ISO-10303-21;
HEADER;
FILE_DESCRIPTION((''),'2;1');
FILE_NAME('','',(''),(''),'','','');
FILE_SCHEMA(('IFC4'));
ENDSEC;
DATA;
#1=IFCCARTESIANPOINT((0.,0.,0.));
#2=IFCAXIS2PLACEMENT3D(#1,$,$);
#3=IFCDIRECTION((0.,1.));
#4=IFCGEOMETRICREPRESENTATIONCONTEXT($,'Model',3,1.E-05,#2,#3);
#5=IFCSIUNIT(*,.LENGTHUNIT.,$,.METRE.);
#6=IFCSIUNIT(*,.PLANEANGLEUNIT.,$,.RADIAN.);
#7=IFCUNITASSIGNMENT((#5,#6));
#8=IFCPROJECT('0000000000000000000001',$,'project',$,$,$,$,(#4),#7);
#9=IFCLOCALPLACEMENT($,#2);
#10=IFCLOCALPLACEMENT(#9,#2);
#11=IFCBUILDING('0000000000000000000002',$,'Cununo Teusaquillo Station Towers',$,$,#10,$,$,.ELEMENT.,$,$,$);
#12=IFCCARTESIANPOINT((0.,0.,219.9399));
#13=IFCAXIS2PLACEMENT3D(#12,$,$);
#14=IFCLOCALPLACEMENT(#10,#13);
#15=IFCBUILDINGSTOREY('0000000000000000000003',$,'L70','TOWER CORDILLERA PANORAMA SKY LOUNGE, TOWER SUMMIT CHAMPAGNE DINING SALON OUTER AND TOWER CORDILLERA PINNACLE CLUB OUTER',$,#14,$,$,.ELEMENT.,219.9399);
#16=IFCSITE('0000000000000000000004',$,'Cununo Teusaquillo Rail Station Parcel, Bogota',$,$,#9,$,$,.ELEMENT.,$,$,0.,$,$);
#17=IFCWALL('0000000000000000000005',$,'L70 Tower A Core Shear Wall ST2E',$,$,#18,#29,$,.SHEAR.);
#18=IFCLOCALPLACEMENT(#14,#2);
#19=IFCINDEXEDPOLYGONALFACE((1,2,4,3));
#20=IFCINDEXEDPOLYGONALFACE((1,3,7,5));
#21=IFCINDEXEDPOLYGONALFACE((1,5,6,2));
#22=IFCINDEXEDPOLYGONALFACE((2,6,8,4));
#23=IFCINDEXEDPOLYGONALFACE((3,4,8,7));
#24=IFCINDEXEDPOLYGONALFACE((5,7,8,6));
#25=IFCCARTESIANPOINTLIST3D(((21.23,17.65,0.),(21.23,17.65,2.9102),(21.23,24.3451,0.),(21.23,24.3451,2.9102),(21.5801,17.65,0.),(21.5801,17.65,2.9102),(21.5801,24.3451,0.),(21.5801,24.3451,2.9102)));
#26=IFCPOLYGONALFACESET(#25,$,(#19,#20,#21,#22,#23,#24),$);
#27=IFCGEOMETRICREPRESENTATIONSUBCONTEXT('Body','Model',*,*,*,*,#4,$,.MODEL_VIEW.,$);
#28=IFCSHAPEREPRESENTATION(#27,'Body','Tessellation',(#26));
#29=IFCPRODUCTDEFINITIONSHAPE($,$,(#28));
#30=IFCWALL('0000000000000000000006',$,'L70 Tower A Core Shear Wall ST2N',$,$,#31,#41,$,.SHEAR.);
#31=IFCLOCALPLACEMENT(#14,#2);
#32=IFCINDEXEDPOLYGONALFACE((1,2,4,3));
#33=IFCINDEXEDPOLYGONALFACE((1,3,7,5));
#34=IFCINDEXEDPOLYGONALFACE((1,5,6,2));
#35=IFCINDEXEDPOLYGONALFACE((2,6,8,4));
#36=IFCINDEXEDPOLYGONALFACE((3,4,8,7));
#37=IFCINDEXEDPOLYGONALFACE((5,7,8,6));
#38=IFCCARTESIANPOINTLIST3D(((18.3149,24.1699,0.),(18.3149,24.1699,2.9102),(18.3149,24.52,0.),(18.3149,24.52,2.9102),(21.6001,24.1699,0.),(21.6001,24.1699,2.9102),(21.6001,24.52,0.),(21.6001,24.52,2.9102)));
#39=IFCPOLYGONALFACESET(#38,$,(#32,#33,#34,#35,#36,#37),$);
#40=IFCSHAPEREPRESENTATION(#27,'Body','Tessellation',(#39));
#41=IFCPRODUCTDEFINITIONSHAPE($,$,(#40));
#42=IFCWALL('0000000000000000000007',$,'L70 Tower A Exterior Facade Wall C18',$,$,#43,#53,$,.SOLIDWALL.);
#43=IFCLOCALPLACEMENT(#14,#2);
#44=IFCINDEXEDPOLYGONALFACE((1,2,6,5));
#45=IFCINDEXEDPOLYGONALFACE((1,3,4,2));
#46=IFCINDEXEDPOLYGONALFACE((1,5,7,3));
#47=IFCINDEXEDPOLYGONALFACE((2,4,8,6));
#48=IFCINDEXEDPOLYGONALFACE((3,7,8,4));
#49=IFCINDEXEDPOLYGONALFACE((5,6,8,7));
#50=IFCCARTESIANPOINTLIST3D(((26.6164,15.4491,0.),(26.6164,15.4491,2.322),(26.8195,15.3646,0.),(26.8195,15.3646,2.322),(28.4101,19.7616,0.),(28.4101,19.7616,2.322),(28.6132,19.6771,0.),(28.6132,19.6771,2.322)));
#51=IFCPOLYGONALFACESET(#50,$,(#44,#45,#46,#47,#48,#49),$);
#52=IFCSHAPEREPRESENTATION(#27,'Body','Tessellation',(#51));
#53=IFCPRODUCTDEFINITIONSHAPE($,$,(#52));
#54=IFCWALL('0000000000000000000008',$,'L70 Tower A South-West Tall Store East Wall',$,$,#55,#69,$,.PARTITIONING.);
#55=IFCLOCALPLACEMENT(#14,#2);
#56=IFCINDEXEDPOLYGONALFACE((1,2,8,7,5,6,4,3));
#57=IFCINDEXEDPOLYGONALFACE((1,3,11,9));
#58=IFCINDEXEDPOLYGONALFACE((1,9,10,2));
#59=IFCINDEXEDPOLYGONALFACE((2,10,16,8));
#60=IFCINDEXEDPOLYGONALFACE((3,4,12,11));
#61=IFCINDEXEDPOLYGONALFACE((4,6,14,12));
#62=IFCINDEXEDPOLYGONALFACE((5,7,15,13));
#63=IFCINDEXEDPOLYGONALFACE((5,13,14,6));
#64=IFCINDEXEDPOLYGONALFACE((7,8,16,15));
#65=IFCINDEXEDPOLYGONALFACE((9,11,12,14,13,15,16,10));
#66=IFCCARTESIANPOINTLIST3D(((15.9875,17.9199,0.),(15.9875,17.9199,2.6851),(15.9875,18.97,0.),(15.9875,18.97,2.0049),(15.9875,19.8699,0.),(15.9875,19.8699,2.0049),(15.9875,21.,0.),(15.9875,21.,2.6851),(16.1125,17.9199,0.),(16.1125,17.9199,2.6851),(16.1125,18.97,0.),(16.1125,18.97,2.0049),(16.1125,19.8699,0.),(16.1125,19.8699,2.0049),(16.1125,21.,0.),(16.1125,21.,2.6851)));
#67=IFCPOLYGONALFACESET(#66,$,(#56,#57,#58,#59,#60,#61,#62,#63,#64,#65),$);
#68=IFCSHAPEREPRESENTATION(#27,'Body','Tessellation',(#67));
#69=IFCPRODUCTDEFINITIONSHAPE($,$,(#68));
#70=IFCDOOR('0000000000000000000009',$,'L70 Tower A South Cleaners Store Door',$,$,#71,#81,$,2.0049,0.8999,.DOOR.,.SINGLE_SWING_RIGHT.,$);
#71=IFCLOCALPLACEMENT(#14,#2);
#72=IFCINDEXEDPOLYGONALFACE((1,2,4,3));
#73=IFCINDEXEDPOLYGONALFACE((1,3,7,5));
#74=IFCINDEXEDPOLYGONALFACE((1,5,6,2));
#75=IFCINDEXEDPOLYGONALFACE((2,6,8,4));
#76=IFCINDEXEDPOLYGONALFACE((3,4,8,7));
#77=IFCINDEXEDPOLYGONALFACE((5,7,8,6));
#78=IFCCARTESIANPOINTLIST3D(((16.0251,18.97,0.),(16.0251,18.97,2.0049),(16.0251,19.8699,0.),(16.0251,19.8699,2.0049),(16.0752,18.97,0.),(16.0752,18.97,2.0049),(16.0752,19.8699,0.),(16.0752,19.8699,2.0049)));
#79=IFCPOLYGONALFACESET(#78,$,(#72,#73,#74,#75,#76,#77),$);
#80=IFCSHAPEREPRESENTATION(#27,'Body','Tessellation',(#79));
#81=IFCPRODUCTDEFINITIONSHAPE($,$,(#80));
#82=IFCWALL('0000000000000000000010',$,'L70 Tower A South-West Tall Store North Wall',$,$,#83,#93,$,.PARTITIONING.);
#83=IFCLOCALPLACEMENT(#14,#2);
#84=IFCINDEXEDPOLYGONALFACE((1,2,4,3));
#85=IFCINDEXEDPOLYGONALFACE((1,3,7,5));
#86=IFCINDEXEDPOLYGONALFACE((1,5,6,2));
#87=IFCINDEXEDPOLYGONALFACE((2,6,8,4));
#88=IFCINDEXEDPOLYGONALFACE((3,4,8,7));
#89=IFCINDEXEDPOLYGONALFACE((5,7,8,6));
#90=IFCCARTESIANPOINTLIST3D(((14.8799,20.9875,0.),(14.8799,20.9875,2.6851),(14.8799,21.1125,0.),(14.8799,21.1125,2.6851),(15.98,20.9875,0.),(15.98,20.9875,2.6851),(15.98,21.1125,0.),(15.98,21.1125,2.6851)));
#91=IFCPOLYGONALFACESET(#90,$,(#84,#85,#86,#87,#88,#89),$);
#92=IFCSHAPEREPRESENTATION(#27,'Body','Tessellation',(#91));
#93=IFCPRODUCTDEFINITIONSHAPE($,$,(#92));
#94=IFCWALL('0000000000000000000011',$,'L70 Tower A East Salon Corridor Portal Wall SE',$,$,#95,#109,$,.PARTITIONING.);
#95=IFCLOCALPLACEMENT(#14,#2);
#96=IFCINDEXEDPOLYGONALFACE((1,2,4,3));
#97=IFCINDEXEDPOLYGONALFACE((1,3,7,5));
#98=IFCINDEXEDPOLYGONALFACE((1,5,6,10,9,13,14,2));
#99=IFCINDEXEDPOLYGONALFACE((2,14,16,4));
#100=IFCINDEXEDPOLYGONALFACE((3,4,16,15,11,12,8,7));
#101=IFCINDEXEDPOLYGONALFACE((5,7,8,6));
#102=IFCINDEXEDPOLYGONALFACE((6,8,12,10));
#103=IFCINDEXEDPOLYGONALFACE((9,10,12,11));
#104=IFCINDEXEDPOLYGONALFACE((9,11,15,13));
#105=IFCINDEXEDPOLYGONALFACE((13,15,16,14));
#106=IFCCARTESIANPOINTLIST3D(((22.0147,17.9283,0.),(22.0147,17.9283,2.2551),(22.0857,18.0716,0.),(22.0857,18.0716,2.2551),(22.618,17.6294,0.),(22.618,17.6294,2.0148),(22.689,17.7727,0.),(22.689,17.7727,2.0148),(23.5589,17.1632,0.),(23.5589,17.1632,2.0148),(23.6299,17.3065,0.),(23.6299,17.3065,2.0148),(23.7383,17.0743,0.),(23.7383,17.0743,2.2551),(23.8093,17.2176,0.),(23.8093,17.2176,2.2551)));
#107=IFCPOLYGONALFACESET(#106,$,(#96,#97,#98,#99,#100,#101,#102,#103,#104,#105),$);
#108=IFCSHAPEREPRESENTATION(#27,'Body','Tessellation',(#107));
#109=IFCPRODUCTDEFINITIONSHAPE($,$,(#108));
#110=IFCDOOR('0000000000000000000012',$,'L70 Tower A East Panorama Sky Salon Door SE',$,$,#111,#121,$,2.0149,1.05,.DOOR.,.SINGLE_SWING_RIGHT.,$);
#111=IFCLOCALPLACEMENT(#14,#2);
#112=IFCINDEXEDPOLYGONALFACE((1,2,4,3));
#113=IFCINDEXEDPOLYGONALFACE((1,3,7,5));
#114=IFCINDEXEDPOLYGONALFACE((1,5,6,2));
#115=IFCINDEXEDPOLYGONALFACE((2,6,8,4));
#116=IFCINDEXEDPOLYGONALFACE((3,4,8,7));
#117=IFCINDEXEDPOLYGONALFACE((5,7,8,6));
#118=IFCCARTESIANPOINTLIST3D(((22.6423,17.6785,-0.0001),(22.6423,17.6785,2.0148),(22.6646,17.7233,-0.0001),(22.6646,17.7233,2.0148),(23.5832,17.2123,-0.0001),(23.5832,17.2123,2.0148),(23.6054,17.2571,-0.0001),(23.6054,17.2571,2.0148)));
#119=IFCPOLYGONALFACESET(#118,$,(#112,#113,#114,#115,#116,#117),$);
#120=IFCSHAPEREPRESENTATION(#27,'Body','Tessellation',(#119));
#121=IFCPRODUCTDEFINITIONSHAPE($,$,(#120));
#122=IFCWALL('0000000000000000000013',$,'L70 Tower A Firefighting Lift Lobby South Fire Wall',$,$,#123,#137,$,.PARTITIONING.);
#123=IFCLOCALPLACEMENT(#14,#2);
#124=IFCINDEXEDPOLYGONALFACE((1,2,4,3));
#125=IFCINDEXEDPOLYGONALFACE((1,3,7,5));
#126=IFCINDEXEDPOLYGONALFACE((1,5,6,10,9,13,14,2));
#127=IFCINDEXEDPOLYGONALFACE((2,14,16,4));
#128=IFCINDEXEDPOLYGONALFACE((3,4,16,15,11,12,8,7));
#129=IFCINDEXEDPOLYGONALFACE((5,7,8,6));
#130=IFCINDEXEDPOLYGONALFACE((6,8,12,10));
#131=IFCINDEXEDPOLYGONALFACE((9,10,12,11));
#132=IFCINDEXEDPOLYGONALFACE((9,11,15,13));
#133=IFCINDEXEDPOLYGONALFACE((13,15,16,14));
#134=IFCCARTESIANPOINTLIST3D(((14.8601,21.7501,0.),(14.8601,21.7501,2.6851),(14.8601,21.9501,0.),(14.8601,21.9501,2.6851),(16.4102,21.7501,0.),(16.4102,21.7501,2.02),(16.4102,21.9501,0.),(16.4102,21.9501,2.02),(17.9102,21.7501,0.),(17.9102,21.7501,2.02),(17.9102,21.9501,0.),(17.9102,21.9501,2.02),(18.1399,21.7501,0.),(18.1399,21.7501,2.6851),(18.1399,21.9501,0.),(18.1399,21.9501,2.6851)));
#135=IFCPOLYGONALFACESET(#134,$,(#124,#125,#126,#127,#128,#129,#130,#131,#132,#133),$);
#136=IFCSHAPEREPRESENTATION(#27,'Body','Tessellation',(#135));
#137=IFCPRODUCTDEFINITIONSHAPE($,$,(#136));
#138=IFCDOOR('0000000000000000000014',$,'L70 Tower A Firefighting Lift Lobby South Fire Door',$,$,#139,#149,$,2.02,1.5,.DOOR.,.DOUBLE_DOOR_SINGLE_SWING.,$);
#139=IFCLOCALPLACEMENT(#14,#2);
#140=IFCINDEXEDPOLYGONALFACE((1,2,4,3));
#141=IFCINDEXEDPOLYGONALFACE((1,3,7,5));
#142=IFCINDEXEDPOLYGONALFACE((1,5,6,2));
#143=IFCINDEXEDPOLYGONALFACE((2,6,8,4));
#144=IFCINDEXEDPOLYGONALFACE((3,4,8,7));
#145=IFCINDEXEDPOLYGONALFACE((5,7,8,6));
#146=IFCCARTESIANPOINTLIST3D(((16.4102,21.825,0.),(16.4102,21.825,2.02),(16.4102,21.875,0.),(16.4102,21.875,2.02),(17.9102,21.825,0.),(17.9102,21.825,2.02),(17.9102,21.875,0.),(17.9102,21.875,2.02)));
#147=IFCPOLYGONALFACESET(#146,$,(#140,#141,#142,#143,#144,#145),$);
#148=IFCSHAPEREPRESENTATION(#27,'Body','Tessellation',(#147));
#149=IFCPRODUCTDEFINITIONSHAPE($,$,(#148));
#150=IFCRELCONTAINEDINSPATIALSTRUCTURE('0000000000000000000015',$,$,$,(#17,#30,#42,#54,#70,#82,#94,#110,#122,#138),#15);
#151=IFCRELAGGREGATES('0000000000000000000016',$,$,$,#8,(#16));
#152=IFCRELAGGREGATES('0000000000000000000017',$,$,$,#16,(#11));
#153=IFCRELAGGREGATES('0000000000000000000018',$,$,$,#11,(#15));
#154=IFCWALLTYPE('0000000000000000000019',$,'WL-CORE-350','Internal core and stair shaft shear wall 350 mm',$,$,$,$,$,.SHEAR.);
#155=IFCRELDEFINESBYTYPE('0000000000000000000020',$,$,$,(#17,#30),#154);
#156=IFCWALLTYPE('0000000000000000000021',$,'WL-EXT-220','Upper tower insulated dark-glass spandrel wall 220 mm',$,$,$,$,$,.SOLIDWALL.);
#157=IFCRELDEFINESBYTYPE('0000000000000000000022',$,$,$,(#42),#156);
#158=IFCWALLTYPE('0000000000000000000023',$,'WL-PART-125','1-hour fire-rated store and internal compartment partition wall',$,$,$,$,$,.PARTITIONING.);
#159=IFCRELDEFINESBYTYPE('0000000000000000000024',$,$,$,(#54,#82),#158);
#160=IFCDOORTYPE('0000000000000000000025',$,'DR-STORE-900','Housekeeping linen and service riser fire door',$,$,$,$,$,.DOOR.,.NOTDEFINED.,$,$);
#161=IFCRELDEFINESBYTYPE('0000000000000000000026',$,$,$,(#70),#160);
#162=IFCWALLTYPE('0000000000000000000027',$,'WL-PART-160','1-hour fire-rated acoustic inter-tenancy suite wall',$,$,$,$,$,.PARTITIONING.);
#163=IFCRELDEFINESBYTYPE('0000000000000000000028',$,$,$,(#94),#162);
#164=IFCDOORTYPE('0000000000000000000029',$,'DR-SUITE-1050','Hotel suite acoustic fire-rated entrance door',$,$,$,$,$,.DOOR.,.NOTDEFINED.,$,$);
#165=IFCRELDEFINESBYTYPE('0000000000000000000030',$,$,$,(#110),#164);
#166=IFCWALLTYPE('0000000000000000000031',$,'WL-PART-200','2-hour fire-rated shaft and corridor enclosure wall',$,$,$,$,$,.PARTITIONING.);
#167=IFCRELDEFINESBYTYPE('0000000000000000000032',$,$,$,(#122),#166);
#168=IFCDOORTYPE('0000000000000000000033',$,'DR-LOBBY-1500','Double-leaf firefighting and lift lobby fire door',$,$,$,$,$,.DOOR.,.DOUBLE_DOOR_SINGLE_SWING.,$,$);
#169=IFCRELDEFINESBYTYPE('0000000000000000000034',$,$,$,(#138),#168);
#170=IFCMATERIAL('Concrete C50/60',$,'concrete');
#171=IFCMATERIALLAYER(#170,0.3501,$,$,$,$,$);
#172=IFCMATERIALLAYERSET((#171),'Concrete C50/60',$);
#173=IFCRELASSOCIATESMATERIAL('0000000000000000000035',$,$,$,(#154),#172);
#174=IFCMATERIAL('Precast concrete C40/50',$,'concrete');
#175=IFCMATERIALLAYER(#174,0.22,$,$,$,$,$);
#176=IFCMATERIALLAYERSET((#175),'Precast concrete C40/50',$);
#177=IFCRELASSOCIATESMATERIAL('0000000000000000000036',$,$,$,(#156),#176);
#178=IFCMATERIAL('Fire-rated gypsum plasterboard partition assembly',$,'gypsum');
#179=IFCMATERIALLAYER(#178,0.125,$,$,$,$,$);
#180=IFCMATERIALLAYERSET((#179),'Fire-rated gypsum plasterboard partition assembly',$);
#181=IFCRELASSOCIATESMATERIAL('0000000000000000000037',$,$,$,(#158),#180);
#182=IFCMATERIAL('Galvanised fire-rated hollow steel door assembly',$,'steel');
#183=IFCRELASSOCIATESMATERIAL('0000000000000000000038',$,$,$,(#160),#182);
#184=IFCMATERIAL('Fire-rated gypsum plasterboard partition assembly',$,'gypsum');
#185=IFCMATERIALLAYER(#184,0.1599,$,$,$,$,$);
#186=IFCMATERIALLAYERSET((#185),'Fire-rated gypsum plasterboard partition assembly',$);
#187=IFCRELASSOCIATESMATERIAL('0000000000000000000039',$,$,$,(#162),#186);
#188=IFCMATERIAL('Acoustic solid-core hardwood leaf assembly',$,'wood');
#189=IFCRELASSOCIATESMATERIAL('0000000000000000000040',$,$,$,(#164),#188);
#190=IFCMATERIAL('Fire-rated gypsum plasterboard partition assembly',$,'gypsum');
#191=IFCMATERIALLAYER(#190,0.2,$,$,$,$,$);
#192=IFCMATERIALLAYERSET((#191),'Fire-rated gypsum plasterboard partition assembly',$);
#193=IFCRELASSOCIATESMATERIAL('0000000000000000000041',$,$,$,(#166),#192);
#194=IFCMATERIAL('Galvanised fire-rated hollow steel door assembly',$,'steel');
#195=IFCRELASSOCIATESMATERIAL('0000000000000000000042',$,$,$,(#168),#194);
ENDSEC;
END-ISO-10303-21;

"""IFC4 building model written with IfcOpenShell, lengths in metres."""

from ifc_helpers import new_model, si_unit, direction, frame, frame_2d, origin, place, context, subcontext, project, spatial, rectangle, extrude, source, transform, mapped, material, layer, layer_set, type_object, element, fill, save


model = new_model("IFC4")

# Units and contexts
model_context = context("Model", 3, precision=1e-05, world=origin(), true_north=direction((0.0, 1.0)))
body_context = subcontext(model_context, "Body", "Model", "MODEL_VIEW")
ifc_project = project(units=[si_unit("LENGTHUNIT", "METRE"), si_unit("PLANEANGLEUNIT", "RADIAN")], contexts=[model_context])

# Site, building, storey
site_placement = place(None, origin())
site = spatial("IfcSite", under=ifc_project, at=site_placement, Name="Cununo Teusaquillo Rail Station Parcel, Bogota", CompositionType="ELEMENT", RefElevation=0.0)
building_placement = place(site_placement, origin())
building = spatial("IfcBuilding", under=site, at=building_placement, Name="Cununo Teusaquillo Station Towers", CompositionType="ELEMENT")
storey_placement = place(building_placement, frame((0.0, 0.0, 219.9399)))
storey = spatial("IfcBuildingStorey", under=building, at=storey_placement, Name="L70", Description="TOWER CORDILLERA PANORAMA SKY LOUNGE, TOWER SUMMIT CHAMPAGNE DINING SALON OUTER AND TOWER CORDILLERA PINNACLE CLUB OUTER", CompositionType="ELEMENT", Elevation=219.9399)

# Shared definitions
ifc_material_1 = material(Name="Concrete C50/60", Category="concrete")
ifc_layer_1 = layer(ifc_material_1, 0.3501)
ifc_layer_set_1 = layer_set([ifc_layer_1], Name="Concrete C50/60")
wall_type_1 = type_object("IfcWallType", Name="WL-CORE-350", Description="Internal core and stair shaft shear wall 350 mm", PredefinedType="SHEAR", material=ifc_layer_set_1)

# Walls
wall_1_placement = place(storey_placement, frame((21.405, 17.6499, 0.0), z_axis=(0.0, 0.0, 1.0), x_axis=(0.0, 1.0, 0.0)))
element("IfcWall", 1, at=wall_1_placement, inside=storey, type_object=wall_type_1, Name="L70 Tower A Core Shear Wall ST2E", PredefinedType="SHEAR", context=body_context, shape_type="SweptSolid", body=[
    extrude(rectangle(XDim=6.6951, YDim=0.3501, at=frame_2d((3.3477, 0.0))), origin(), (0.0, 0.0, 1.0), 2.9102),
])
wall_2_placement = place(storey_placement, frame((18.3149, 24.345, 0.0), z_axis=(0.0, 0.0, 1.0), x_axis=(1.0, 0.0, 0.0)))
element("IfcWall", 2, at=wall_2_placement, inside=storey, type_object=wall_type_1, Name="L70 Tower A Core Shear Wall ST2N", PredefinedType="SHEAR", context=body_context, shape_type="SweptSolid", body=[
    extrude(rectangle(XDim=3.2852, YDim=0.3501, at=frame_2d((1.6426, 0.0))), origin(), (0.0, 0.0, 1.0), 2.9102),
])
ifc_material_2 = material(Name="Precast concrete C40/50", Category="concrete")
ifc_layer_2 = layer(ifc_material_2, 0.22)
ifc_layer_set_2 = layer_set([ifc_layer_2], Name="Precast concrete C40/50")
wall_type_2 = type_object("IfcWallType", Name="WL-EXT-220", Description="Upper tower insulated dark-glass spandrel wall 220 mm", PredefinedType="SOLIDWALL", material=ifc_layer_set_2)
wall_3_placement = place(storey_placement, frame((28.5117, 19.7195, 0.0), z_axis=(0.0, 0.0, 1.0), x_axis=(-0.384036, -0.923318, 0.0)))
element("IfcWall", 3, at=wall_3_placement, inside=storey, type_object=wall_type_2, Name="L70 Tower A Exterior Facade Wall C18", PredefinedType="SOLIDWALL", context=body_context, shape_type="SweptSolid", body=[
    extrude(rectangle(XDim=4.6707, YDim=0.22, at=frame_2d((2.3354, 0.0))), origin(), (0.0, 0.0, 1.0), 2.322),
])

# Wall, opening, door
ifc_material_3 = material(Name="Fire-rated gypsum plasterboard partition assembly", Category="gypsum")
ifc_layer_3 = layer(ifc_material_3, 0.125)
ifc_layer_set_3 = layer_set([ifc_layer_3], Name="Fire-rated gypsum plasterboard partition assembly")
wall_type_3 = type_object("IfcWallType", Name="WL-PART-125", Description="1-hour fire-rated store and internal compartment partition wall", PredefinedType="PARTITIONING", material=ifc_layer_set_3)
wall_4_placement = place(storey_placement, frame((16.05, 17.9199, 0.0), z_axis=(0.0, 0.0, 1.0), x_axis=(0.0, 1.0, 0.0)))
wall_4 = element("IfcWall", 4, at=wall_4_placement, inside=storey, type_object=wall_type_3, Name="L70 Tower A South-West Tall Store East Wall", PredefinedType="PARTITIONING", context=body_context, shape_type="SweptSolid", body=[
    extrude(rectangle(XDim=3.0801, YDim=0.125, at=frame_2d((1.54, 0.0))), origin(), (0.0, 0.0, 1.0), 2.6851),
])
shared_shape_1 = source(origin(), body_context, "Body", "SweptSolid", [
    extrude(rectangle(XDim=0.8999, YDim=2.0049, at=frame_2d((0.45, 1.0024))), frame((0.0, 0.0725, 0.0), z_axis=(0.0, -1.0, 0.0), x_axis=(1.0, 0.0, 0.0)), (0.0, 0.0, 1.0), 0.145),
])
opening_1_placement = place(wall_4_placement, frame((1.05, 0.0, 0.0)))
opening_1 = element("IfcOpeningElement", 5, at=opening_1_placement, cuts=wall_4, PredefinedType="OPENING", context=body_context, shape_type="MappedRepresentation", body=[
    mapped(shared_shape_1, transform((0.0, 0.0, 0.0), x_axis=(1.0, 0.0, 0.0), y_axis=(0.0, 1.0, 0.0), z_axis=(0.0, 0.0, 1.0), scale=1.0)),
])
ifc_material_4 = material(Name="Galvanised fire-rated hollow steel door assembly", Category="steel")
door_type_1 = type_object("IfcDoorType", Name="DR-STORE-900", Description="Housekeeping linen and service riser fire door", OperationType="NOTDEFINED", PredefinedType="DOOR", material=ifc_material_4)
shared_shape_2 = source(origin(), body_context, "Body", "SweptSolid", [
    extrude(rectangle(XDim=0.8999, YDim=2.0049, at=frame_2d((0.45, 1.0024))), frame((0.0, 0.0249, 0.0), z_axis=(0.0, -1.0, 0.0), x_axis=(1.0, 0.0, 0.0)), (0.0, 0.0, 1.0), 0.05),
])
door_1_placement = place(opening_1_placement, origin())
door_1 = element("IfcDoor", 6, at=door_1_placement, inside=storey, type_object=door_type_1, Name="L70 Tower A South Cleaners Store Door", OperationType="SINGLE_SWING_RIGHT", OverallHeight=2.0049, OverallWidth=0.8999, PredefinedType="DOOR", context=body_context, shape_type="MappedRepresentation", body=[
    mapped(shared_shape_2, transform((0.0, 0.0, 0.0), x_axis=(1.0, 0.0, 0.0), y_axis=(0.0, 1.0, 0.0), z_axis=(0.0, 0.0, 1.0), scale=1.0)),
])
fill(opening_1, door_1)

# Wall
wall_5_placement = place(storey_placement, frame((14.8799, 21.05, 0.0), z_axis=(0.0, 0.0, 1.0), x_axis=(1.0, 0.0, 0.0)))
element("IfcWall", 7, at=wall_5_placement, inside=storey, type_object=wall_type_3, Name="L70 Tower A South-West Tall Store North Wall", PredefinedType="PARTITIONING", context=body_context, shape_type="SweptSolid", body=[
    extrude(rectangle(XDim=1.1001, YDim=0.125, at=frame_2d((0.55, 0.0))), origin(), (0.0, 0.0, 1.0), 2.6851),
])

# Walls, openings, doors
ifc_material_5 = material(Name="Fire-rated gypsum plasterboard partition assembly", Category="gypsum")
ifc_layer_4 = layer(ifc_material_5, 0.1599)
ifc_layer_set_4 = layer_set([ifc_layer_4], Name="Fire-rated gypsum plasterboard partition assembly")
wall_type_4 = type_object("IfcWallType", Name="WL-PART-160", Description="1-hour fire-rated acoustic inter-tenancy suite wall", PredefinedType="PARTITIONING", material=ifc_layer_set_4)
wall_6_placement = place(storey_placement, frame((22.05, 18.0, 0.0), z_axis=(0.0, 0.0, 1.0), x_axis=(0.896046, -0.443962, 0.0)))
wall_6 = element("IfcWall", 8, at=wall_6_placement, inside=storey, type_object=wall_type_4, Name="L70 Tower A East Salon Corridor Portal Wall SE", PredefinedType="PARTITIONING", context=body_context, shape_type="SweptSolid", body=[
    extrude(rectangle(XDim=1.9236, YDim=0.1599, at=frame_2d((0.9619, 0.0))), origin(), (0.0, 0.0, 1.0), 2.2551),
])
shared_shape_3 = source(origin(), body_context, "Body", "SweptSolid", [
    extrude(rectangle(XDim=1.05, YDim=2.0149, at=frame_2d((0.5249, 1.0073))), frame((0.0, 0.0898, 0.0), z_axis=(0.0, -1.0, 0.0), x_axis=(1.0, 0.0, 0.0)), (0.0, 0.0, 1.0), 0.1799),
])
opening_2_placement = place(wall_6_placement, frame((0.6736, 0.0, 0.0)))
opening_2 = element("IfcOpeningElement", 9, at=opening_2_placement, cuts=wall_6, PredefinedType="OPENING", context=body_context, shape_type="MappedRepresentation", body=[
    mapped(shared_shape_3, transform((0.0, 0.0, 0.0), x_axis=(1.0, 0.0, 0.0), y_axis=(0.0, 1.0, 0.0), z_axis=(0.0, 0.0, 1.0), scale=1.0)),
])
ifc_material_6 = material(Name="Acoustic solid-core hardwood leaf assembly", Category="wood")
door_type_2 = type_object("IfcDoorType", Name="DR-SUITE-1050", Description="Hotel suite acoustic fire-rated entrance door", OperationType="NOTDEFINED", PredefinedType="DOOR", material=ifc_material_6)
shared_shape_4 = source(origin(), body_context, "Body", "SweptSolid", [
    extrude(rectangle(XDim=1.05, YDim=2.0149, at=frame_2d((0.5249, 1.0073))), frame((0.0, 0.0249, 0.0), z_axis=(0.0, -1.0, 0.0), x_axis=(1.0, 0.0, 0.0)), (0.0, 0.0, 1.0), 0.05),
])
door_2_placement = place(opening_2_placement, origin())
door_2 = element("IfcDoor", 10, at=door_2_placement, inside=storey, type_object=door_type_2, Name="L70 Tower A East Panorama Sky Salon Door SE", OperationType="SINGLE_SWING_RIGHT", OverallHeight=2.0149, OverallWidth=1.05, PredefinedType="DOOR", context=body_context, shape_type="MappedRepresentation", body=[
    mapped(shared_shape_4, transform((0.0, 0.0, 0.0), x_axis=(1.0, 0.0, 0.0), y_axis=(0.0, 1.0, 0.0), z_axis=(0.0, 0.0, 1.0), scale=1.0)),
])
fill(opening_2, door_2)
ifc_material_7 = material(Name="Fire-rated gypsum plasterboard partition assembly", Category="gypsum")
ifc_layer_5 = layer(ifc_material_7, 0.2)
ifc_layer_set_5 = layer_set([ifc_layer_5], Name="Fire-rated gypsum plasterboard partition assembly")
wall_type_5 = type_object("IfcWallType", Name="WL-PART-200", Description="2-hour fire-rated shaft and corridor enclosure wall", PredefinedType="PARTITIONING", material=ifc_layer_set_5)
wall_7_placement = place(storey_placement, frame((14.8601, 21.8501, 0.0), z_axis=(0.0, 0.0, 1.0), x_axis=(1.0, 0.0, 0.0)))
wall_7 = element("IfcWall", 11, at=wall_7_placement, inside=storey, type_object=wall_type_5, Name="L70 Tower A Firefighting Lift Lobby South Fire Wall", PredefinedType="PARTITIONING", context=body_context, shape_type="SweptSolid", body=[
    extrude(rectangle(XDim=3.2798, YDim=0.2, at=frame_2d((1.6399, 0.0))), origin(), (0.0, 0.0, 1.0), 2.6851),
])
shared_shape_5 = source(origin(), body_context, "Body", "SweptSolid", [
    extrude(rectangle(XDim=1.5, YDim=2.02, at=frame_2d((0.75, 1.01))), frame((0.0, 0.1099, 0.0), z_axis=(0.0, -1.0, 0.0), x_axis=(1.0, 0.0, 0.0)), (0.0, 0.0, 1.0), 0.22),
])
opening_3_placement = place(wall_7_placement, frame((1.55, 0.0, 0.0)))
opening_3 = element("IfcOpeningElement", 12, at=opening_3_placement, cuts=wall_7, PredefinedType="OPENING", context=body_context, shape_type="MappedRepresentation", body=[
    mapped(shared_shape_5, transform((0.0, 0.0, 0.0), x_axis=(1.0, 0.0, 0.0), y_axis=(0.0, 1.0, 0.0), z_axis=(0.0, 0.0, 1.0), scale=1.0)),
])
ifc_material_8 = material(Name="Galvanised fire-rated hollow steel door assembly", Category="steel")
door_type_3 = type_object("IfcDoorType", Name="DR-LOBBY-1500", Description="Double-leaf firefighting and lift lobby fire door", OperationType="DOUBLE_DOOR_SINGLE_SWING", PredefinedType="DOOR", material=ifc_material_8)
shared_shape_6 = source(origin(), body_context, "Body", "SweptSolid", [
    extrude(rectangle(XDim=1.5, YDim=2.02, at=frame_2d((0.75, 1.01))), frame((0.0, 0.0249, 0.0), z_axis=(0.0, -1.0, 0.0), x_axis=(1.0, 0.0, 0.0)), (0.0, 0.0, 1.0), 0.05),
])
door_3_placement = place(opening_3_placement, origin())
door_3 = element("IfcDoor", 13, at=door_3_placement, inside=storey, type_object=door_type_3, Name="L70 Tower A Firefighting Lift Lobby South Fire Door", OperationType="DOUBLE_DOOR_SINGLE_SWING", OverallHeight=2.02, OverallWidth=1.5, PredefinedType="DOOR", context=body_context, shape_type="MappedRepresentation", body=[
    mapped(shared_shape_6, transform((0.0, 0.0, 0.0), x_axis=(1.0, 0.0, 0.0), y_axis=(0.0, 1.0, 0.0), z_axis=(0.0, 0.0, 1.0), scale=1.0)),
])
fill(opening_3, door_3)

save(model, "model.ifc")
